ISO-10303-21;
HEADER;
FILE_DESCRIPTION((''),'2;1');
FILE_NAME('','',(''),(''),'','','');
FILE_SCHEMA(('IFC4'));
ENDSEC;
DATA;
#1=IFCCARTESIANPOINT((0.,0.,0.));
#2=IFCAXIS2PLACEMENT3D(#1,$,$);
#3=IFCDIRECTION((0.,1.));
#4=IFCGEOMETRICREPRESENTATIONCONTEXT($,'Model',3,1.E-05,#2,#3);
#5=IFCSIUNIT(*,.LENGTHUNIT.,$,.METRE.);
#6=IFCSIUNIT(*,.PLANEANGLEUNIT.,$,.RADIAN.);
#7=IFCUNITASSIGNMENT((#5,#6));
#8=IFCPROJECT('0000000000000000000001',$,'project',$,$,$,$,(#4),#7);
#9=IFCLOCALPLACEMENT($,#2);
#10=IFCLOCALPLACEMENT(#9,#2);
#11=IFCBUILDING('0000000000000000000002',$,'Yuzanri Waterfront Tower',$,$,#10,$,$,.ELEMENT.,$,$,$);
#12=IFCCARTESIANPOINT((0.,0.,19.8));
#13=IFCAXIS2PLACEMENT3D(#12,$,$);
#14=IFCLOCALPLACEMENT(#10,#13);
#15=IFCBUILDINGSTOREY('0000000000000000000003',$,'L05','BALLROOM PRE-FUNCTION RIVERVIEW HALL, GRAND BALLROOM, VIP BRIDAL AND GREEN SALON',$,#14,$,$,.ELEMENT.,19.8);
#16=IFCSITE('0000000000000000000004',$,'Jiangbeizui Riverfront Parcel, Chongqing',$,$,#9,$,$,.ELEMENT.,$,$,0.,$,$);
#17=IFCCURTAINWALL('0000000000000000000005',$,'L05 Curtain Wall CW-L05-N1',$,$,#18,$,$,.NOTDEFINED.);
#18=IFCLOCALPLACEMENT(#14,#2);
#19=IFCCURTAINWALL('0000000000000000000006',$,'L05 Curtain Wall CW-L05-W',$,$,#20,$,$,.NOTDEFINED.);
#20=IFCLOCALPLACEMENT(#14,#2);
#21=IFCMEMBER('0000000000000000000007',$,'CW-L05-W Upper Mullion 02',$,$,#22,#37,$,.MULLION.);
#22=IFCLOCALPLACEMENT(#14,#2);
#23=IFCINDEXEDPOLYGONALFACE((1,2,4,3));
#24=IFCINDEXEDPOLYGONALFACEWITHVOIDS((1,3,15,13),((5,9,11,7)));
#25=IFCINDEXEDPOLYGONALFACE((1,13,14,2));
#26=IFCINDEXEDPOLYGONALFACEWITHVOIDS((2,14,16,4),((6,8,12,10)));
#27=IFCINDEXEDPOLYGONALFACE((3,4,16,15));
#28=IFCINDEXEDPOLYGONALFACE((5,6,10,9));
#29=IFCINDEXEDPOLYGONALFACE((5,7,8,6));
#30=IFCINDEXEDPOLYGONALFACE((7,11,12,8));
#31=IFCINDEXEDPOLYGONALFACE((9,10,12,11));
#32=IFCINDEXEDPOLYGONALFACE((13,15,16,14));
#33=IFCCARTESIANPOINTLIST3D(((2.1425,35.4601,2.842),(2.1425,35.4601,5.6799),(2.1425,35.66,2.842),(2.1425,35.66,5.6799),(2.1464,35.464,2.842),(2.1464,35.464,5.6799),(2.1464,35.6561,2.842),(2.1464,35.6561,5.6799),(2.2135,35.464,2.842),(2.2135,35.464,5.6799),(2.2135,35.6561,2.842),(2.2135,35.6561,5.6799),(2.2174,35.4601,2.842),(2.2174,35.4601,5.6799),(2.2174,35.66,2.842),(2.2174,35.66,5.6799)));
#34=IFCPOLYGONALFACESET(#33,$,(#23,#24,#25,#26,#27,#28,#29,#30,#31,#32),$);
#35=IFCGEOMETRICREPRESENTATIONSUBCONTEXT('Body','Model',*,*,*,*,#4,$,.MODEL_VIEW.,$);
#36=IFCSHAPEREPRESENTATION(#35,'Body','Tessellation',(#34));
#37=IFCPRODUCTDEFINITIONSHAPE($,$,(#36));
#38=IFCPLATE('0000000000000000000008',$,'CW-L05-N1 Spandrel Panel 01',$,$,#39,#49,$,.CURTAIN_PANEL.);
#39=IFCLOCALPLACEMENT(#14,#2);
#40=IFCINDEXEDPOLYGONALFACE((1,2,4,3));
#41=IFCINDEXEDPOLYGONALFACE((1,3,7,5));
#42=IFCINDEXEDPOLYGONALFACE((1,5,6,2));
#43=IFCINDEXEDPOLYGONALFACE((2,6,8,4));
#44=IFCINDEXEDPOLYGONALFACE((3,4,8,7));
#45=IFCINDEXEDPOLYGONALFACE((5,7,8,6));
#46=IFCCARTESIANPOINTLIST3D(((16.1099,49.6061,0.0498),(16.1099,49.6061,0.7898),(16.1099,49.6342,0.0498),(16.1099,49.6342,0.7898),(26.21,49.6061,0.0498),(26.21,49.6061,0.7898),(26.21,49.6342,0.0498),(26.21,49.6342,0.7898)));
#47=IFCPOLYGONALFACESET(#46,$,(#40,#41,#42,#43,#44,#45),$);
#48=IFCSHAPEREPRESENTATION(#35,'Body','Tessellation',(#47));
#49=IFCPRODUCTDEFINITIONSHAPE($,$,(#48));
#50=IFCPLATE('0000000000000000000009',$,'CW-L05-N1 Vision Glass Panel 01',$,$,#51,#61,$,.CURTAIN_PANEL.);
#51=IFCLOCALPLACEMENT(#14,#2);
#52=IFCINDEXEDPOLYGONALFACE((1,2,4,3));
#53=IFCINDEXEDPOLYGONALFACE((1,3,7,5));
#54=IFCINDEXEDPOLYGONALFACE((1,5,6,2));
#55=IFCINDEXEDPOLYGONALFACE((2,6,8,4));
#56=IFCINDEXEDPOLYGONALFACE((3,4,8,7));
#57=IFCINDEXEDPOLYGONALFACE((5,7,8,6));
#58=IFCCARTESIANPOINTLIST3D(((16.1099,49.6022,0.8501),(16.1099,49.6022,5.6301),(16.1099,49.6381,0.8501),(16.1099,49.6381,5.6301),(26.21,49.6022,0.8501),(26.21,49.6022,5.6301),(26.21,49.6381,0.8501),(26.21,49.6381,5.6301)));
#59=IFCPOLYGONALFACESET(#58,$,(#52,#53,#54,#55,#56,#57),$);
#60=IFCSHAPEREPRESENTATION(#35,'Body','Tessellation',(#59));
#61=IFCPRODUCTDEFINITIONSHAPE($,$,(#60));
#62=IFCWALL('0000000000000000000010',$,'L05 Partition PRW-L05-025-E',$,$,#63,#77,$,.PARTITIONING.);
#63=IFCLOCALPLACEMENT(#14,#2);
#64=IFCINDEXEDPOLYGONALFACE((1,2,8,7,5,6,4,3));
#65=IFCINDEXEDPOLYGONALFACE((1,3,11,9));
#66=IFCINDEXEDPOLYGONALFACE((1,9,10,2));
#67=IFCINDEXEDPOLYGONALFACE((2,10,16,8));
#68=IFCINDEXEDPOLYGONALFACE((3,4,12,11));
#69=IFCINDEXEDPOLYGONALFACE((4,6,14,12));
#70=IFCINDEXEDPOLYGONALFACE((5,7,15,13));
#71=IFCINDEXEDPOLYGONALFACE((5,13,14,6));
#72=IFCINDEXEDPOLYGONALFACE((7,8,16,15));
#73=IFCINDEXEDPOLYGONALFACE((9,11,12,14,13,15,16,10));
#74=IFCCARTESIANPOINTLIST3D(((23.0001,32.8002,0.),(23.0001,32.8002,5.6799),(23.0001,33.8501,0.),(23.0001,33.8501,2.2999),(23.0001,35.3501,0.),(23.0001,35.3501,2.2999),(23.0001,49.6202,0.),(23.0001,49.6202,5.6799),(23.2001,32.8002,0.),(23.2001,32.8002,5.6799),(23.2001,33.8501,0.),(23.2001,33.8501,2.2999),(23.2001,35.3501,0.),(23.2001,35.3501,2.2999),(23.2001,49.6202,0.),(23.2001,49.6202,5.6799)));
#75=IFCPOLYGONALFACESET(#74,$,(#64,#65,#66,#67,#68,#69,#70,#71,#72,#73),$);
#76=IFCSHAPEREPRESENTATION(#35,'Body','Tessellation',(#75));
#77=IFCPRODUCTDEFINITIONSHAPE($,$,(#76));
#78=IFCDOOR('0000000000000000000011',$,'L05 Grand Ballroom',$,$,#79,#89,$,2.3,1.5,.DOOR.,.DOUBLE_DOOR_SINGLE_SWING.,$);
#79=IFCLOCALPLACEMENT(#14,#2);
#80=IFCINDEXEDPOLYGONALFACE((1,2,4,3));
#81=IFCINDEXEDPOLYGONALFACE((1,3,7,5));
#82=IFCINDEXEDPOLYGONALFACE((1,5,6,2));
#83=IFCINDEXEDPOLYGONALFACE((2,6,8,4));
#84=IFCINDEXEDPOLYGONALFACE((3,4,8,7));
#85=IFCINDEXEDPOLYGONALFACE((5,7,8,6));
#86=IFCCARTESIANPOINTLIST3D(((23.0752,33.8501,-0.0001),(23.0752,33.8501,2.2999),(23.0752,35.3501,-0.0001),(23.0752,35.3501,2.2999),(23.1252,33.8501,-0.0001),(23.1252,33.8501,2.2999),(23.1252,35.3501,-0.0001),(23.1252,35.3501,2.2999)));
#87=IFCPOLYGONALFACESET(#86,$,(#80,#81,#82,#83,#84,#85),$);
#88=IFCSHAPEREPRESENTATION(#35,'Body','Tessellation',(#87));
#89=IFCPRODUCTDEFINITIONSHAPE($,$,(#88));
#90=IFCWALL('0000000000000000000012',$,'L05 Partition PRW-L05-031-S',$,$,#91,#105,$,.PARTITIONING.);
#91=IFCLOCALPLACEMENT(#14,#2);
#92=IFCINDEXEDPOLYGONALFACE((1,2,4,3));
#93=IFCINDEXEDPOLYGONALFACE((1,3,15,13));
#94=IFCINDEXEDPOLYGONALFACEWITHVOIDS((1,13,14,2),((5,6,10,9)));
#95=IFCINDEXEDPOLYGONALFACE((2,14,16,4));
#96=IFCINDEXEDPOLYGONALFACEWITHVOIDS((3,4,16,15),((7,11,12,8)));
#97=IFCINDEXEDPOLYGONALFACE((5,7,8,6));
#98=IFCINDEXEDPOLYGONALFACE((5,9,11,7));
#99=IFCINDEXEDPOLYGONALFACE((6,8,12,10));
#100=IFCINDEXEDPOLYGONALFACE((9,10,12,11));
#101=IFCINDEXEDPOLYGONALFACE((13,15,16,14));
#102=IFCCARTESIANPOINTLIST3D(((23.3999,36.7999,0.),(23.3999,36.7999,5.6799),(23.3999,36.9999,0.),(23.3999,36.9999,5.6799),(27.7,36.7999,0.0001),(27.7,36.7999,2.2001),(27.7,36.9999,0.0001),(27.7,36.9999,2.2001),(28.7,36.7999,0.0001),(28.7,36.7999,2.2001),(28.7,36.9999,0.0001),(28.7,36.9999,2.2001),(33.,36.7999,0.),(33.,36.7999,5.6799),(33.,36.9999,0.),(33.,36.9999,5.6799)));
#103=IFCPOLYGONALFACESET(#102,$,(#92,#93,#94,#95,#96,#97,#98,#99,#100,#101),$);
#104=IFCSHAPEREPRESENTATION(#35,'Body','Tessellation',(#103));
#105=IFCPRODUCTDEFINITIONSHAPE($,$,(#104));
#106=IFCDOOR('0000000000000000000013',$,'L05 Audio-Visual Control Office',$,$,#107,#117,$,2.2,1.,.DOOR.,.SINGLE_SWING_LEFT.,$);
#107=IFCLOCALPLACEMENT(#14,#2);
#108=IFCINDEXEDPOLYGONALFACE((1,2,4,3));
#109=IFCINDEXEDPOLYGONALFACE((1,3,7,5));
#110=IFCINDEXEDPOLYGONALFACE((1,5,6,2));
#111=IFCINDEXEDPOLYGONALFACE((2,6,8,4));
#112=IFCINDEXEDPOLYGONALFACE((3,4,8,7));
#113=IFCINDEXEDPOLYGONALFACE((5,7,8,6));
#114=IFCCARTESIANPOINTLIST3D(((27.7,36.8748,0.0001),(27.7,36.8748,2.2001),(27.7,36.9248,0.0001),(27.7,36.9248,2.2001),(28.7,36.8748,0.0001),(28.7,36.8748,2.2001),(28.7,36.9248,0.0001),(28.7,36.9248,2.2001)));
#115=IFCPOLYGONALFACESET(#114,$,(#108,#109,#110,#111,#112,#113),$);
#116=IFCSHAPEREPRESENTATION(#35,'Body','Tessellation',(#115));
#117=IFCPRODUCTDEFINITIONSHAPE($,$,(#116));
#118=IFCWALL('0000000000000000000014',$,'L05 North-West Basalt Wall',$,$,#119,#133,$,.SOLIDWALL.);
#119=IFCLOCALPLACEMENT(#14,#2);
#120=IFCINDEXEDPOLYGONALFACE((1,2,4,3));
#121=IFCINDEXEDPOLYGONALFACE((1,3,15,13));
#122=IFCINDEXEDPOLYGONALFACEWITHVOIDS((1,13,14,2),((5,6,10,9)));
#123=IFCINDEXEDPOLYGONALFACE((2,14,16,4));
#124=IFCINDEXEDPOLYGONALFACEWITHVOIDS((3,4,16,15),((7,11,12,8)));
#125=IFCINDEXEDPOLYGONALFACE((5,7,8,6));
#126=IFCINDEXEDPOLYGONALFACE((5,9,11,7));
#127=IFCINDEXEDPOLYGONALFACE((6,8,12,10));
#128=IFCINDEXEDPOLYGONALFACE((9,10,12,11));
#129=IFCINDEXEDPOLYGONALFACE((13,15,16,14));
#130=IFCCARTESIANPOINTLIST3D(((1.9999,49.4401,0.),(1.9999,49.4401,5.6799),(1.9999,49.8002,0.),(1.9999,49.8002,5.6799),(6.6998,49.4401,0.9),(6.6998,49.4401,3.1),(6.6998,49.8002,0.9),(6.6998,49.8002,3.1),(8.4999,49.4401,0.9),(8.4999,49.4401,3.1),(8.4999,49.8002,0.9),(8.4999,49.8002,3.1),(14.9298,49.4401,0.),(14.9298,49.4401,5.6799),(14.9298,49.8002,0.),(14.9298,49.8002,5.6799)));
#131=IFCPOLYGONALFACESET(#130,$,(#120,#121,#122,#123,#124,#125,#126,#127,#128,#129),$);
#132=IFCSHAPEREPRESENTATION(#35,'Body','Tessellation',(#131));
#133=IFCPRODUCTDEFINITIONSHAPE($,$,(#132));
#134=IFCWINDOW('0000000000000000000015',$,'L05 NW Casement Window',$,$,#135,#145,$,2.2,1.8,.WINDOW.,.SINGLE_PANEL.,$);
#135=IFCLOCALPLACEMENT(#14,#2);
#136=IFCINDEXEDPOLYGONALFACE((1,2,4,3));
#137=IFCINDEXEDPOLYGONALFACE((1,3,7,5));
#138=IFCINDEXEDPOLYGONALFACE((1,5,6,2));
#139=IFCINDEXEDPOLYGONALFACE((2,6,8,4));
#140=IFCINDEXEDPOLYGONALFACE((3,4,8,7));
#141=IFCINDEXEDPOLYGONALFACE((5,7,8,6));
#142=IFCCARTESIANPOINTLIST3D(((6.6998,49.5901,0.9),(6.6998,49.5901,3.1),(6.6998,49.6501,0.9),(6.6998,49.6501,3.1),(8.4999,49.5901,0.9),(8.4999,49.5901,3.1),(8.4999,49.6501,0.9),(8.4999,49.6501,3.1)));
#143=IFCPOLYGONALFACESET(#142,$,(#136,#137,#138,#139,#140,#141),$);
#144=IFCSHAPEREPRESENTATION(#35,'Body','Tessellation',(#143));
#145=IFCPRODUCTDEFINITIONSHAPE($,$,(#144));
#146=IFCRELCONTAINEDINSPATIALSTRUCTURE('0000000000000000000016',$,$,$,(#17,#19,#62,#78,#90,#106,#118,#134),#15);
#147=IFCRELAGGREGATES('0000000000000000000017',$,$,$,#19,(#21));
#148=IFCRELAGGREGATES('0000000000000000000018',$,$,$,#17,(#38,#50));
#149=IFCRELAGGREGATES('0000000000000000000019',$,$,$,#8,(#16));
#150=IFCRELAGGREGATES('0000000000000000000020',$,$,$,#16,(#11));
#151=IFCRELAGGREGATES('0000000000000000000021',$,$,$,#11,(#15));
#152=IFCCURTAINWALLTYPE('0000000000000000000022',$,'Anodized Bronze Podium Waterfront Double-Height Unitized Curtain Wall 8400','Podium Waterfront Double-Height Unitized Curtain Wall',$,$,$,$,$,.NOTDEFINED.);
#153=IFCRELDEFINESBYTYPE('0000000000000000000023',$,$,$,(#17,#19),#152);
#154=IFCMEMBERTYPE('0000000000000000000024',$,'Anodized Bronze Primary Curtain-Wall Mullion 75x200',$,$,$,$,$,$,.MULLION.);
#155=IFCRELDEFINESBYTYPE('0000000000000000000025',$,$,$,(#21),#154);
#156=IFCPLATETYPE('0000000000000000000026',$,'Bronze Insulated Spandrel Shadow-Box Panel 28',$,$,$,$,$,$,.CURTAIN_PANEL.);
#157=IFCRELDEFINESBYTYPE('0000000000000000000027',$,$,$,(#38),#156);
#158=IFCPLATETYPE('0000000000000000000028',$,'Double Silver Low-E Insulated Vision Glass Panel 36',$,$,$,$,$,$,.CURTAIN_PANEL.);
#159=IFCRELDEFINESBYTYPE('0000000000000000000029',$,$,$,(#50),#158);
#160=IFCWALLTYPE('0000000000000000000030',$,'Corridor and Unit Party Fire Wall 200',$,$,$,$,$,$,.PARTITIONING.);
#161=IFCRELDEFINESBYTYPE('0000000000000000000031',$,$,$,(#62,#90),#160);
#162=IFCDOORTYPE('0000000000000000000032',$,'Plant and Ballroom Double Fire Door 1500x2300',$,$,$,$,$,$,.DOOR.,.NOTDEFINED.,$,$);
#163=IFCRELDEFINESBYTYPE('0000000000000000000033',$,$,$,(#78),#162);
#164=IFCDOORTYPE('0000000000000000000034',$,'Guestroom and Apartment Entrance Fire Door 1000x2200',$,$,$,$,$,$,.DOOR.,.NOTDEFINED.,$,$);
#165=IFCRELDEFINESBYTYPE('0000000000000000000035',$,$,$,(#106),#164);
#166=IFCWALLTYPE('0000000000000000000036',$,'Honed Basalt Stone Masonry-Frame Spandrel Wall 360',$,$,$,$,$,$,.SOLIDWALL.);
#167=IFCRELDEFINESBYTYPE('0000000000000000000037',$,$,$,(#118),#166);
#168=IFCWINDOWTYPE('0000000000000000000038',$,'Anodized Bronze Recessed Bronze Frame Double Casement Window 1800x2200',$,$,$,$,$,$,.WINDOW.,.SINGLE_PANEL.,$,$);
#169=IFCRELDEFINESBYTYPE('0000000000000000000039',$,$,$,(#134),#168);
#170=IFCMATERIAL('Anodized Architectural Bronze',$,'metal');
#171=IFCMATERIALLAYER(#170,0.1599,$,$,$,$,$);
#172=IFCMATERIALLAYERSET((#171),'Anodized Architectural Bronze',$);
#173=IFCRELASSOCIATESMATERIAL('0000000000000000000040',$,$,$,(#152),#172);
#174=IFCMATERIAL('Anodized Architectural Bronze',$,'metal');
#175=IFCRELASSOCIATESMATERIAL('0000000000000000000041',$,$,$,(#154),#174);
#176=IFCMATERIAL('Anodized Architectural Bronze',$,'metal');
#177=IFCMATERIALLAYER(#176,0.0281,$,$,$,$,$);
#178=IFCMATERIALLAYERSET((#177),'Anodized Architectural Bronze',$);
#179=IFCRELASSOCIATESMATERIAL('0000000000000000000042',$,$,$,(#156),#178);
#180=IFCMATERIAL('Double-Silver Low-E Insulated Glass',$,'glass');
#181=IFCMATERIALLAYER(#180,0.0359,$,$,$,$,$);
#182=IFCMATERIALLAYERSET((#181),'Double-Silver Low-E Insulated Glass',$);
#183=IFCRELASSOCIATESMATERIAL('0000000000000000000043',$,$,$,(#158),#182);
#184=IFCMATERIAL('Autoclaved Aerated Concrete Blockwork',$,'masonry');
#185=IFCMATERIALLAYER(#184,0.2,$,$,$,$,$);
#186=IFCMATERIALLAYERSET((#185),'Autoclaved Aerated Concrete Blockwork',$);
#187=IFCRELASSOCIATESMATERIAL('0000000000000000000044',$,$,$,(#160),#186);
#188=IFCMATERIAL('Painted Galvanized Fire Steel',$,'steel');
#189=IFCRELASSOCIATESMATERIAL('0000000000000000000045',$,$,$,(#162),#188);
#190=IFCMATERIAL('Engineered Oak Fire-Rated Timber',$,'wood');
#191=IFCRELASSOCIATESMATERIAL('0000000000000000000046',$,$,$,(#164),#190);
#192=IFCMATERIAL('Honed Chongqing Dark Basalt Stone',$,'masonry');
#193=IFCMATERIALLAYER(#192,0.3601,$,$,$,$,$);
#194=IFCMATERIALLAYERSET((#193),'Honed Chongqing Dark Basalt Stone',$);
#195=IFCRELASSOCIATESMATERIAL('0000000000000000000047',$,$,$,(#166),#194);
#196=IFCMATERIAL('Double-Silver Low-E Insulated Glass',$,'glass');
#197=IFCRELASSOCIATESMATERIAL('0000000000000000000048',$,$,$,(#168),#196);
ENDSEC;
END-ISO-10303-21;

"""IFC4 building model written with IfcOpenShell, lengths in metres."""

from ifc_helpers import new_model, si_unit, direction, frame, frame_2d, origin, origin_2d, place, context, subcontext, project, spatial, rectangle, hollow_rectangle, extrude, source, transform, mapped, material, layer, layer_set, material_profile, profile_set, type_object, element, fill, aggregate, save


model = new_model("IFC4")

# Units and contexts
model_context = context("Model", 3, precision=1e-05, world=origin(), true_north=direction((0.0, 1.0)))
body_context = subcontext(model_context, "Body", "Model", "MODEL_VIEW")
ifc_project = project(units=[si_unit("LENGTHUNIT", "METRE"), si_unit("PLANEANGLEUNIT", "RADIAN")], contexts=[model_context])

# Site, building, storey
site_placement = place(None, origin())
site = spatial("IfcSite", under=ifc_project, at=site_placement, Name="Jiangbeizui Riverfront Parcel, Chongqing", CompositionType="ELEMENT", RefElevation=0.0)
building_placement = place(site_placement, origin())
building = spatial("IfcBuilding", under=site, at=building_placement, Name="Yuzanri Waterfront Tower", CompositionType="ELEMENT")
storey_placement = place(building_placement, frame((0.0, 0.0, 19.8)))
storey = spatial("IfcBuildingStorey", under=building, at=storey_placement, Name="L05", Description="BALLROOM PRE-FUNCTION RIVERVIEW HALL, GRAND BALLROOM, VIP BRIDAL AND GREEN SALON", CompositionType="ELEMENT", Elevation=19.8)

# Curtain walls, member
ifc_material_1 = material(Name="Anodized Architectural Bronze", Category="metal")
ifc_layer_1 = layer(ifc_material_1, 0.1599)
ifc_layer_set_1 = layer_set([ifc_layer_1], Name="Anodized Architectural Bronze")
curtain_wall_type = type_object("IfcCurtainWallType", Name="Anodized Bronze Podium Waterfront Double-Height Unitized Curtain Wall 8400", Description="Podium Waterfront Double-Height Unitized Curtain Wall", PredefinedType="NOTDEFINED", material=ifc_layer_set_1)
curtain_wall_1_placement = place(storey_placement, origin())
curtain_wall_1 = element("IfcCurtainWall", 1, at=curtain_wall_1_placement, inside=storey, type_object=curtain_wall_type, Name="L05 Curtain Wall CW-L05-N1", PredefinedType="NOTDEFINED")
ifc_material_2 = material(Name="Anodized Architectural Bronze", Category="metal")
ifc_material_profile_1 = material_profile(ifc_material_2, hollow_rectangle(XDim=0.075, YDim=0.2, WallThickness=0.0039, at=origin_2d()), Name="CWM 75x200")
ifc_profile_set_1 = profile_set([ifc_material_profile_1], Name="Anodized Architectural Bronze")
member_type_1 = type_object("IfcMemberType", Name="Anodized Bronze Primary Curtain-Wall Mullion 75x200", PredefinedType="MULLION", material=ifc_profile_set_1)
shared_shape_1 = source(origin(), body_context, "Body", "SweptSolid", [
    extrude(hollow_rectangle(XDim=0.075, YDim=0.2, WallThickness=0.0039, at=origin_2d()), origin(), (0.0, 0.0, 1.0), 2.8379),
])
curtain_wall_2_placement = place(storey_placement, origin())
curtain_wall_2 = element("IfcCurtainWall", 2, at=curtain_wall_2_placement, inside=storey, type_object=curtain_wall_type, Name="L05 Curtain Wall CW-L05-W", PredefinedType="NOTDEFINED")
member_1_placement = place(storey_placement, frame((2.1799, 35.5601, 2.842), z_axis=(0.0, 0.0, 1.0), x_axis=(1.0, 0.0, 0.0)))
member_1 = element("IfcMember", 3, at=member_1_placement, type_object=member_type_1, Name="CW-L05-W Upper Mullion 02", PredefinedType="MULLION", context=body_context, shape_type="MappedRepresentation", body=[
    mapped(shared_shape_1, transform((0.0, 0.0, 0.0), scale=1.0)),
])
aggregate(curtain_wall_2, [member_1])

# Plates
ifc_material_3 = material(Name="Anodized Architectural Bronze", Category="metal")
ifc_layer_2 = layer(ifc_material_3, 0.0281)
ifc_layer_set_2 = layer_set([ifc_layer_2], Name="Anodized Architectural Bronze")
plate_type_1 = type_object("IfcPlateType", Name="Bronze Insulated Spandrel Shadow-Box Panel 28", PredefinedType="CURTAIN_PANEL", material=ifc_layer_set_2)
shared_shape_2 = source(origin(), body_context, "Body", "SweptSolid", [
    extrude(rectangle(XDim=10.1001, YDim=0.0281, at=origin_2d()), origin(), (0.0, 0.0, 1.0), 0.74),
])
plate_1_placement = place(storey_placement, frame((21.1599, 49.6201, 0.0498), z_axis=(0.0, 0.0, 1.0), x_axis=(1.0, 0.0, 0.0)))
plate_1 = element("IfcPlate", 4, at=plate_1_placement, type_object=plate_type_1, Name="CW-L05-N1 Spandrel Panel 01", PredefinedType="CURTAIN_PANEL", context=body_context, shape_type="MappedRepresentation", body=[
    mapped(shared_shape_2, transform((0.0, 0.0, 0.0), scale=1.0)),
])
ifc_material_4 = material(Name="Double-Silver Low-E Insulated Glass", Category="glass")
ifc_layer_3 = layer(ifc_material_4, 0.0359)
ifc_layer_set_3 = layer_set([ifc_layer_3], Name="Double-Silver Low-E Insulated Glass")
plate_type_2 = type_object("IfcPlateType", Name="Double Silver Low-E Insulated Vision Glass Panel 36", PredefinedType="CURTAIN_PANEL", material=ifc_layer_set_3)
shared_shape_3 = source(origin(), body_context, "Body", "SweptSolid", [
    extrude(rectangle(XDim=10.1001, YDim=0.0359, at=origin_2d()), origin(), (0.0, 0.0, 1.0), 4.78),
])
plate_2_placement = place(storey_placement, frame((21.1599, 49.6201, 0.8501), z_axis=(0.0, 0.0, 1.0), x_axis=(1.0, 0.0, 0.0)))
plate_2 = element("IfcPlate", 5, at=plate_2_placement, type_object=plate_type_2, Name="CW-L05-N1 Vision Glass Panel 01", PredefinedType="CURTAIN_PANEL", context=body_context, shape_type="MappedRepresentation", body=[
    mapped(shared_shape_3, transform((0.0, 0.0, 0.0), scale=1.0)),
])
aggregate(curtain_wall_1, [plate_1, plate_2])

# Walls, openings, doors
ifc_material_5 = material(Name="Autoclaved Aerated Concrete Blockwork", Category="masonry")
ifc_layer_4 = layer(ifc_material_5, 0.2)
ifc_layer_set_4 = layer_set([ifc_layer_4], Name="Autoclaved Aerated Concrete Blockwork")
wall_type_1 = type_object("IfcWallType", Name="Corridor and Unit Party Fire Wall 200", PredefinedType="PARTITIONING", material=ifc_layer_set_4)
wall_1_placement = place(storey_placement, frame((23.1001, 32.8, 0.0), z_axis=(0.0, 0.0, 1.0), x_axis=(0.0, 1.0, 0.0)))
wall_1 = element("IfcWall", 6, at=wall_1_placement, inside=storey, type_object=wall_type_1, Name="L05 Partition PRW-L05-025-E", PredefinedType="PARTITIONING", context=body_context, shape_type="SweptSolid", body=[
    extrude(rectangle(XDim=16.8201, YDim=0.2, at=frame_2d((8.4102, 0.0))), origin(), (0.0, 0.0, 1.0), 5.6799),
])
opening_1_placement = place(wall_1_placement, frame((1.05, 0.0, 0.0)))
opening_1 = element("IfcOpeningElement", 7, at=opening_1_placement, cuts=wall_1, PredefinedType="OPENING", context=body_context, shape_type="SweptSolid", body=[
    extrude(rectangle(XDim=1.5, YDim=2.3, at=frame_2d((0.75, 1.1499))), frame((0.0, 0.1147, 0.0), z_axis=(0.0, -1.0, 0.0), x_axis=(1.0, 0.0, 0.0)), (0.0, 0.0, 1.0), 0.2297),
])
ifc_material_6 = material(Name="Painted Galvanized Fire Steel", Category="steel")
door_type_1 = type_object("IfcDoorType", Name="Plant and Ballroom Double Fire Door 1500x2300", OperationType="NOTDEFINED", PredefinedType="DOOR", material=ifc_material_6)
shared_shape_4 = source(origin(), body_context, "Body", "SweptSolid", [
    extrude(rectangle(XDim=1.5, YDim=2.3, at=frame_2d((0.75, 1.1499))), frame((0.0, 0.0249, 0.0), z_axis=(0.0, -1.0, 0.0), x_axis=(1.0, 0.0, 0.0)), (0.0, 0.0, 1.0), 0.05),
])
door_1_placement = place(opening_1_placement, origin())
door_1 = element("IfcDoor", 8, at=door_1_placement, inside=storey, type_object=door_type_1, Name="L05 Grand Ballroom", OperationType="DOUBLE_DOOR_SINGLE_SWING", OverallHeight=2.3, OverallWidth=1.5, PredefinedType="DOOR", context=body_context, shape_type="MappedRepresentation", body=[
    mapped(shared_shape_4, transform((0.0, 0.0, 0.0), scale=1.0)),
])
fill(opening_1, door_1)
wall_2_placement = place(storey_placement, frame((23.3999, 36.8999, 0.0), z_axis=(0.0, 0.0, 1.0), x_axis=(1.0, 0.0, 0.0)))
wall_2 = element("IfcWall", 9, at=wall_2_placement, inside=storey, type_object=wall_type_1, Name="L05 Partition PRW-L05-031-S", PredefinedType="PARTITIONING", context=body_context, shape_type="SweptSolid", body=[
    extrude(rectangle(XDim=9.6001, YDim=0.2, at=frame_2d((4.8, 0.0))), origin(), (0.0, 0.0, 1.0), 5.6799),
])
opening_2_placement = place(wall_2_placement, frame((4.3, 0.0, 0.0)))
opening_2 = element("IfcOpeningElement", 10, at=opening_2_placement, cuts=wall_2, PredefinedType="OPENING", context=body_context, shape_type="SweptSolid", body=[
    extrude(rectangle(XDim=1.0, YDim=2.2, at=frame_2d((0.5, 1.1001))), frame((0.0, 0.1147, 0.0), z_axis=(0.0, -1.0, 0.0), x_axis=(1.0, 0.0, 0.0)), (0.0, 0.0, 1.0), 0.2297),
])
ifc_material_7 = material(Name="Engineered Oak Fire-Rated Timber", Category="wood")
door_type_2 = type_object("IfcDoorType", Name="Guestroom and Apartment Entrance Fire Door 1000x2200", OperationType="NOTDEFINED", PredefinedType="DOOR", material=ifc_material_7)
shared_shape_5 = source(origin(), body_context, "Body", "SweptSolid", [
    extrude(rectangle(XDim=1.0, YDim=2.2, at=frame_2d((0.5, 1.1001))), frame((0.0, 0.0249, 0.0), z_axis=(0.0, -1.0, 0.0), x_axis=(1.0, 0.0, 0.0)), (0.0, 0.0, 1.0), 0.05),
])
door_2_placement = place(opening_2_placement, origin())
door_2 = element("IfcDoor", 11, at=door_2_placement, inside=storey, type_object=door_type_2, Name="L05 Audio-Visual Control Office", OperationType="SINGLE_SWING_LEFT", OverallHeight=2.2, OverallWidth=1.0, PredefinedType="DOOR", context=body_context, shape_type="MappedRepresentation", body=[
    mapped(shared_shape_5, transform((0.0, 0.0, 0.0), scale=1.0)),
])
fill(opening_2, door_2)

# Wall, opening, window
ifc_material_8 = material(Name="Honed Chongqing Dark Basalt Stone", Category="masonry")
ifc_layer_5 = layer(ifc_material_8, 0.3601)
ifc_layer_set_5 = layer_set([ifc_layer_5], Name="Honed Chongqing Dark Basalt Stone")
wall_type_2 = type_object("IfcWallType", Name="Honed Basalt Stone Masonry-Frame Spandrel Wall 360", PredefinedType="SOLIDWALL", material=ifc_layer_set_5)
wall_3_placement = place(storey_placement, frame((2.0, 49.6201, 0.0), z_axis=(0.0, 0.0, 1.0), x_axis=(1.0, 0.0, 0.0)))
wall_3 = element("IfcWall", 12, at=wall_3_placement, inside=storey, type_object=wall_type_2, Name="L05 North-West Basalt Wall", PredefinedType="SOLIDWALL", context=body_context, shape_type="SweptSolid", body=[
    extrude(rectangle(XDim=12.9299, YDim=0.3601, at=frame_2d((6.4648, 0.0))), origin(), (0.0, 0.0, 1.0), 5.6799),
])
opening_3_placement = place(wall_3_placement, frame((4.7, 0.0, 0.8999)))
opening_3 = element("IfcOpeningElement", 13, at=opening_3_placement, cuts=wall_3, PredefinedType="OPENING", context=body_context, shape_type="SweptSolid", body=[
    extrude(rectangle(XDim=1.8, YDim=2.2, at=frame_2d((0.8999, 1.1001))), frame((0.0, 0.1948, 0.0), z_axis=(0.0, -1.0, 0.0), x_axis=(1.0, 0.0, 0.0)), (0.0, 0.0, 1.0), 0.3899),
])
ifc_material_9 = material(Name="Double-Silver Low-E Insulated Glass", Category="glass")
window_type_1 = type_object("IfcWindowType", Name="Anodized Bronze Recessed Bronze Frame Double Casement Window 1800x2200", PartitioningType="SINGLE_PANEL", PredefinedType="WINDOW", material=ifc_material_9)
shared_shape_6 = source(origin(), body_context, "Body", "SweptSolid", [
    extrude(rectangle(XDim=1.8, YDim=2.2, at=frame_2d((0.8999, 1.1001))), frame((0.0, 0.03, 0.0), z_axis=(0.0, -1.0, 0.0), x_axis=(1.0, 0.0, 0.0)), (0.0, 0.0, 1.0), 0.0601),
])
window_1_placement = place(opening_3_placement, origin())
window_1 = element("IfcWindow", 14, at=window_1_placement, inside=storey, type_object=window_type_1, Name="L05 NW Casement Window", OverallHeight=2.2, OverallWidth=1.8, PartitioningType="SINGLE_PANEL", PredefinedType="WINDOW", context=body_context, shape_type="MappedRepresentation", body=[
    mapped(shared_shape_6, transform((0.0, 0.0, 0.0), scale=1.0)),
])
fill(opening_3, window_1)

save(model, "model.ifc")
